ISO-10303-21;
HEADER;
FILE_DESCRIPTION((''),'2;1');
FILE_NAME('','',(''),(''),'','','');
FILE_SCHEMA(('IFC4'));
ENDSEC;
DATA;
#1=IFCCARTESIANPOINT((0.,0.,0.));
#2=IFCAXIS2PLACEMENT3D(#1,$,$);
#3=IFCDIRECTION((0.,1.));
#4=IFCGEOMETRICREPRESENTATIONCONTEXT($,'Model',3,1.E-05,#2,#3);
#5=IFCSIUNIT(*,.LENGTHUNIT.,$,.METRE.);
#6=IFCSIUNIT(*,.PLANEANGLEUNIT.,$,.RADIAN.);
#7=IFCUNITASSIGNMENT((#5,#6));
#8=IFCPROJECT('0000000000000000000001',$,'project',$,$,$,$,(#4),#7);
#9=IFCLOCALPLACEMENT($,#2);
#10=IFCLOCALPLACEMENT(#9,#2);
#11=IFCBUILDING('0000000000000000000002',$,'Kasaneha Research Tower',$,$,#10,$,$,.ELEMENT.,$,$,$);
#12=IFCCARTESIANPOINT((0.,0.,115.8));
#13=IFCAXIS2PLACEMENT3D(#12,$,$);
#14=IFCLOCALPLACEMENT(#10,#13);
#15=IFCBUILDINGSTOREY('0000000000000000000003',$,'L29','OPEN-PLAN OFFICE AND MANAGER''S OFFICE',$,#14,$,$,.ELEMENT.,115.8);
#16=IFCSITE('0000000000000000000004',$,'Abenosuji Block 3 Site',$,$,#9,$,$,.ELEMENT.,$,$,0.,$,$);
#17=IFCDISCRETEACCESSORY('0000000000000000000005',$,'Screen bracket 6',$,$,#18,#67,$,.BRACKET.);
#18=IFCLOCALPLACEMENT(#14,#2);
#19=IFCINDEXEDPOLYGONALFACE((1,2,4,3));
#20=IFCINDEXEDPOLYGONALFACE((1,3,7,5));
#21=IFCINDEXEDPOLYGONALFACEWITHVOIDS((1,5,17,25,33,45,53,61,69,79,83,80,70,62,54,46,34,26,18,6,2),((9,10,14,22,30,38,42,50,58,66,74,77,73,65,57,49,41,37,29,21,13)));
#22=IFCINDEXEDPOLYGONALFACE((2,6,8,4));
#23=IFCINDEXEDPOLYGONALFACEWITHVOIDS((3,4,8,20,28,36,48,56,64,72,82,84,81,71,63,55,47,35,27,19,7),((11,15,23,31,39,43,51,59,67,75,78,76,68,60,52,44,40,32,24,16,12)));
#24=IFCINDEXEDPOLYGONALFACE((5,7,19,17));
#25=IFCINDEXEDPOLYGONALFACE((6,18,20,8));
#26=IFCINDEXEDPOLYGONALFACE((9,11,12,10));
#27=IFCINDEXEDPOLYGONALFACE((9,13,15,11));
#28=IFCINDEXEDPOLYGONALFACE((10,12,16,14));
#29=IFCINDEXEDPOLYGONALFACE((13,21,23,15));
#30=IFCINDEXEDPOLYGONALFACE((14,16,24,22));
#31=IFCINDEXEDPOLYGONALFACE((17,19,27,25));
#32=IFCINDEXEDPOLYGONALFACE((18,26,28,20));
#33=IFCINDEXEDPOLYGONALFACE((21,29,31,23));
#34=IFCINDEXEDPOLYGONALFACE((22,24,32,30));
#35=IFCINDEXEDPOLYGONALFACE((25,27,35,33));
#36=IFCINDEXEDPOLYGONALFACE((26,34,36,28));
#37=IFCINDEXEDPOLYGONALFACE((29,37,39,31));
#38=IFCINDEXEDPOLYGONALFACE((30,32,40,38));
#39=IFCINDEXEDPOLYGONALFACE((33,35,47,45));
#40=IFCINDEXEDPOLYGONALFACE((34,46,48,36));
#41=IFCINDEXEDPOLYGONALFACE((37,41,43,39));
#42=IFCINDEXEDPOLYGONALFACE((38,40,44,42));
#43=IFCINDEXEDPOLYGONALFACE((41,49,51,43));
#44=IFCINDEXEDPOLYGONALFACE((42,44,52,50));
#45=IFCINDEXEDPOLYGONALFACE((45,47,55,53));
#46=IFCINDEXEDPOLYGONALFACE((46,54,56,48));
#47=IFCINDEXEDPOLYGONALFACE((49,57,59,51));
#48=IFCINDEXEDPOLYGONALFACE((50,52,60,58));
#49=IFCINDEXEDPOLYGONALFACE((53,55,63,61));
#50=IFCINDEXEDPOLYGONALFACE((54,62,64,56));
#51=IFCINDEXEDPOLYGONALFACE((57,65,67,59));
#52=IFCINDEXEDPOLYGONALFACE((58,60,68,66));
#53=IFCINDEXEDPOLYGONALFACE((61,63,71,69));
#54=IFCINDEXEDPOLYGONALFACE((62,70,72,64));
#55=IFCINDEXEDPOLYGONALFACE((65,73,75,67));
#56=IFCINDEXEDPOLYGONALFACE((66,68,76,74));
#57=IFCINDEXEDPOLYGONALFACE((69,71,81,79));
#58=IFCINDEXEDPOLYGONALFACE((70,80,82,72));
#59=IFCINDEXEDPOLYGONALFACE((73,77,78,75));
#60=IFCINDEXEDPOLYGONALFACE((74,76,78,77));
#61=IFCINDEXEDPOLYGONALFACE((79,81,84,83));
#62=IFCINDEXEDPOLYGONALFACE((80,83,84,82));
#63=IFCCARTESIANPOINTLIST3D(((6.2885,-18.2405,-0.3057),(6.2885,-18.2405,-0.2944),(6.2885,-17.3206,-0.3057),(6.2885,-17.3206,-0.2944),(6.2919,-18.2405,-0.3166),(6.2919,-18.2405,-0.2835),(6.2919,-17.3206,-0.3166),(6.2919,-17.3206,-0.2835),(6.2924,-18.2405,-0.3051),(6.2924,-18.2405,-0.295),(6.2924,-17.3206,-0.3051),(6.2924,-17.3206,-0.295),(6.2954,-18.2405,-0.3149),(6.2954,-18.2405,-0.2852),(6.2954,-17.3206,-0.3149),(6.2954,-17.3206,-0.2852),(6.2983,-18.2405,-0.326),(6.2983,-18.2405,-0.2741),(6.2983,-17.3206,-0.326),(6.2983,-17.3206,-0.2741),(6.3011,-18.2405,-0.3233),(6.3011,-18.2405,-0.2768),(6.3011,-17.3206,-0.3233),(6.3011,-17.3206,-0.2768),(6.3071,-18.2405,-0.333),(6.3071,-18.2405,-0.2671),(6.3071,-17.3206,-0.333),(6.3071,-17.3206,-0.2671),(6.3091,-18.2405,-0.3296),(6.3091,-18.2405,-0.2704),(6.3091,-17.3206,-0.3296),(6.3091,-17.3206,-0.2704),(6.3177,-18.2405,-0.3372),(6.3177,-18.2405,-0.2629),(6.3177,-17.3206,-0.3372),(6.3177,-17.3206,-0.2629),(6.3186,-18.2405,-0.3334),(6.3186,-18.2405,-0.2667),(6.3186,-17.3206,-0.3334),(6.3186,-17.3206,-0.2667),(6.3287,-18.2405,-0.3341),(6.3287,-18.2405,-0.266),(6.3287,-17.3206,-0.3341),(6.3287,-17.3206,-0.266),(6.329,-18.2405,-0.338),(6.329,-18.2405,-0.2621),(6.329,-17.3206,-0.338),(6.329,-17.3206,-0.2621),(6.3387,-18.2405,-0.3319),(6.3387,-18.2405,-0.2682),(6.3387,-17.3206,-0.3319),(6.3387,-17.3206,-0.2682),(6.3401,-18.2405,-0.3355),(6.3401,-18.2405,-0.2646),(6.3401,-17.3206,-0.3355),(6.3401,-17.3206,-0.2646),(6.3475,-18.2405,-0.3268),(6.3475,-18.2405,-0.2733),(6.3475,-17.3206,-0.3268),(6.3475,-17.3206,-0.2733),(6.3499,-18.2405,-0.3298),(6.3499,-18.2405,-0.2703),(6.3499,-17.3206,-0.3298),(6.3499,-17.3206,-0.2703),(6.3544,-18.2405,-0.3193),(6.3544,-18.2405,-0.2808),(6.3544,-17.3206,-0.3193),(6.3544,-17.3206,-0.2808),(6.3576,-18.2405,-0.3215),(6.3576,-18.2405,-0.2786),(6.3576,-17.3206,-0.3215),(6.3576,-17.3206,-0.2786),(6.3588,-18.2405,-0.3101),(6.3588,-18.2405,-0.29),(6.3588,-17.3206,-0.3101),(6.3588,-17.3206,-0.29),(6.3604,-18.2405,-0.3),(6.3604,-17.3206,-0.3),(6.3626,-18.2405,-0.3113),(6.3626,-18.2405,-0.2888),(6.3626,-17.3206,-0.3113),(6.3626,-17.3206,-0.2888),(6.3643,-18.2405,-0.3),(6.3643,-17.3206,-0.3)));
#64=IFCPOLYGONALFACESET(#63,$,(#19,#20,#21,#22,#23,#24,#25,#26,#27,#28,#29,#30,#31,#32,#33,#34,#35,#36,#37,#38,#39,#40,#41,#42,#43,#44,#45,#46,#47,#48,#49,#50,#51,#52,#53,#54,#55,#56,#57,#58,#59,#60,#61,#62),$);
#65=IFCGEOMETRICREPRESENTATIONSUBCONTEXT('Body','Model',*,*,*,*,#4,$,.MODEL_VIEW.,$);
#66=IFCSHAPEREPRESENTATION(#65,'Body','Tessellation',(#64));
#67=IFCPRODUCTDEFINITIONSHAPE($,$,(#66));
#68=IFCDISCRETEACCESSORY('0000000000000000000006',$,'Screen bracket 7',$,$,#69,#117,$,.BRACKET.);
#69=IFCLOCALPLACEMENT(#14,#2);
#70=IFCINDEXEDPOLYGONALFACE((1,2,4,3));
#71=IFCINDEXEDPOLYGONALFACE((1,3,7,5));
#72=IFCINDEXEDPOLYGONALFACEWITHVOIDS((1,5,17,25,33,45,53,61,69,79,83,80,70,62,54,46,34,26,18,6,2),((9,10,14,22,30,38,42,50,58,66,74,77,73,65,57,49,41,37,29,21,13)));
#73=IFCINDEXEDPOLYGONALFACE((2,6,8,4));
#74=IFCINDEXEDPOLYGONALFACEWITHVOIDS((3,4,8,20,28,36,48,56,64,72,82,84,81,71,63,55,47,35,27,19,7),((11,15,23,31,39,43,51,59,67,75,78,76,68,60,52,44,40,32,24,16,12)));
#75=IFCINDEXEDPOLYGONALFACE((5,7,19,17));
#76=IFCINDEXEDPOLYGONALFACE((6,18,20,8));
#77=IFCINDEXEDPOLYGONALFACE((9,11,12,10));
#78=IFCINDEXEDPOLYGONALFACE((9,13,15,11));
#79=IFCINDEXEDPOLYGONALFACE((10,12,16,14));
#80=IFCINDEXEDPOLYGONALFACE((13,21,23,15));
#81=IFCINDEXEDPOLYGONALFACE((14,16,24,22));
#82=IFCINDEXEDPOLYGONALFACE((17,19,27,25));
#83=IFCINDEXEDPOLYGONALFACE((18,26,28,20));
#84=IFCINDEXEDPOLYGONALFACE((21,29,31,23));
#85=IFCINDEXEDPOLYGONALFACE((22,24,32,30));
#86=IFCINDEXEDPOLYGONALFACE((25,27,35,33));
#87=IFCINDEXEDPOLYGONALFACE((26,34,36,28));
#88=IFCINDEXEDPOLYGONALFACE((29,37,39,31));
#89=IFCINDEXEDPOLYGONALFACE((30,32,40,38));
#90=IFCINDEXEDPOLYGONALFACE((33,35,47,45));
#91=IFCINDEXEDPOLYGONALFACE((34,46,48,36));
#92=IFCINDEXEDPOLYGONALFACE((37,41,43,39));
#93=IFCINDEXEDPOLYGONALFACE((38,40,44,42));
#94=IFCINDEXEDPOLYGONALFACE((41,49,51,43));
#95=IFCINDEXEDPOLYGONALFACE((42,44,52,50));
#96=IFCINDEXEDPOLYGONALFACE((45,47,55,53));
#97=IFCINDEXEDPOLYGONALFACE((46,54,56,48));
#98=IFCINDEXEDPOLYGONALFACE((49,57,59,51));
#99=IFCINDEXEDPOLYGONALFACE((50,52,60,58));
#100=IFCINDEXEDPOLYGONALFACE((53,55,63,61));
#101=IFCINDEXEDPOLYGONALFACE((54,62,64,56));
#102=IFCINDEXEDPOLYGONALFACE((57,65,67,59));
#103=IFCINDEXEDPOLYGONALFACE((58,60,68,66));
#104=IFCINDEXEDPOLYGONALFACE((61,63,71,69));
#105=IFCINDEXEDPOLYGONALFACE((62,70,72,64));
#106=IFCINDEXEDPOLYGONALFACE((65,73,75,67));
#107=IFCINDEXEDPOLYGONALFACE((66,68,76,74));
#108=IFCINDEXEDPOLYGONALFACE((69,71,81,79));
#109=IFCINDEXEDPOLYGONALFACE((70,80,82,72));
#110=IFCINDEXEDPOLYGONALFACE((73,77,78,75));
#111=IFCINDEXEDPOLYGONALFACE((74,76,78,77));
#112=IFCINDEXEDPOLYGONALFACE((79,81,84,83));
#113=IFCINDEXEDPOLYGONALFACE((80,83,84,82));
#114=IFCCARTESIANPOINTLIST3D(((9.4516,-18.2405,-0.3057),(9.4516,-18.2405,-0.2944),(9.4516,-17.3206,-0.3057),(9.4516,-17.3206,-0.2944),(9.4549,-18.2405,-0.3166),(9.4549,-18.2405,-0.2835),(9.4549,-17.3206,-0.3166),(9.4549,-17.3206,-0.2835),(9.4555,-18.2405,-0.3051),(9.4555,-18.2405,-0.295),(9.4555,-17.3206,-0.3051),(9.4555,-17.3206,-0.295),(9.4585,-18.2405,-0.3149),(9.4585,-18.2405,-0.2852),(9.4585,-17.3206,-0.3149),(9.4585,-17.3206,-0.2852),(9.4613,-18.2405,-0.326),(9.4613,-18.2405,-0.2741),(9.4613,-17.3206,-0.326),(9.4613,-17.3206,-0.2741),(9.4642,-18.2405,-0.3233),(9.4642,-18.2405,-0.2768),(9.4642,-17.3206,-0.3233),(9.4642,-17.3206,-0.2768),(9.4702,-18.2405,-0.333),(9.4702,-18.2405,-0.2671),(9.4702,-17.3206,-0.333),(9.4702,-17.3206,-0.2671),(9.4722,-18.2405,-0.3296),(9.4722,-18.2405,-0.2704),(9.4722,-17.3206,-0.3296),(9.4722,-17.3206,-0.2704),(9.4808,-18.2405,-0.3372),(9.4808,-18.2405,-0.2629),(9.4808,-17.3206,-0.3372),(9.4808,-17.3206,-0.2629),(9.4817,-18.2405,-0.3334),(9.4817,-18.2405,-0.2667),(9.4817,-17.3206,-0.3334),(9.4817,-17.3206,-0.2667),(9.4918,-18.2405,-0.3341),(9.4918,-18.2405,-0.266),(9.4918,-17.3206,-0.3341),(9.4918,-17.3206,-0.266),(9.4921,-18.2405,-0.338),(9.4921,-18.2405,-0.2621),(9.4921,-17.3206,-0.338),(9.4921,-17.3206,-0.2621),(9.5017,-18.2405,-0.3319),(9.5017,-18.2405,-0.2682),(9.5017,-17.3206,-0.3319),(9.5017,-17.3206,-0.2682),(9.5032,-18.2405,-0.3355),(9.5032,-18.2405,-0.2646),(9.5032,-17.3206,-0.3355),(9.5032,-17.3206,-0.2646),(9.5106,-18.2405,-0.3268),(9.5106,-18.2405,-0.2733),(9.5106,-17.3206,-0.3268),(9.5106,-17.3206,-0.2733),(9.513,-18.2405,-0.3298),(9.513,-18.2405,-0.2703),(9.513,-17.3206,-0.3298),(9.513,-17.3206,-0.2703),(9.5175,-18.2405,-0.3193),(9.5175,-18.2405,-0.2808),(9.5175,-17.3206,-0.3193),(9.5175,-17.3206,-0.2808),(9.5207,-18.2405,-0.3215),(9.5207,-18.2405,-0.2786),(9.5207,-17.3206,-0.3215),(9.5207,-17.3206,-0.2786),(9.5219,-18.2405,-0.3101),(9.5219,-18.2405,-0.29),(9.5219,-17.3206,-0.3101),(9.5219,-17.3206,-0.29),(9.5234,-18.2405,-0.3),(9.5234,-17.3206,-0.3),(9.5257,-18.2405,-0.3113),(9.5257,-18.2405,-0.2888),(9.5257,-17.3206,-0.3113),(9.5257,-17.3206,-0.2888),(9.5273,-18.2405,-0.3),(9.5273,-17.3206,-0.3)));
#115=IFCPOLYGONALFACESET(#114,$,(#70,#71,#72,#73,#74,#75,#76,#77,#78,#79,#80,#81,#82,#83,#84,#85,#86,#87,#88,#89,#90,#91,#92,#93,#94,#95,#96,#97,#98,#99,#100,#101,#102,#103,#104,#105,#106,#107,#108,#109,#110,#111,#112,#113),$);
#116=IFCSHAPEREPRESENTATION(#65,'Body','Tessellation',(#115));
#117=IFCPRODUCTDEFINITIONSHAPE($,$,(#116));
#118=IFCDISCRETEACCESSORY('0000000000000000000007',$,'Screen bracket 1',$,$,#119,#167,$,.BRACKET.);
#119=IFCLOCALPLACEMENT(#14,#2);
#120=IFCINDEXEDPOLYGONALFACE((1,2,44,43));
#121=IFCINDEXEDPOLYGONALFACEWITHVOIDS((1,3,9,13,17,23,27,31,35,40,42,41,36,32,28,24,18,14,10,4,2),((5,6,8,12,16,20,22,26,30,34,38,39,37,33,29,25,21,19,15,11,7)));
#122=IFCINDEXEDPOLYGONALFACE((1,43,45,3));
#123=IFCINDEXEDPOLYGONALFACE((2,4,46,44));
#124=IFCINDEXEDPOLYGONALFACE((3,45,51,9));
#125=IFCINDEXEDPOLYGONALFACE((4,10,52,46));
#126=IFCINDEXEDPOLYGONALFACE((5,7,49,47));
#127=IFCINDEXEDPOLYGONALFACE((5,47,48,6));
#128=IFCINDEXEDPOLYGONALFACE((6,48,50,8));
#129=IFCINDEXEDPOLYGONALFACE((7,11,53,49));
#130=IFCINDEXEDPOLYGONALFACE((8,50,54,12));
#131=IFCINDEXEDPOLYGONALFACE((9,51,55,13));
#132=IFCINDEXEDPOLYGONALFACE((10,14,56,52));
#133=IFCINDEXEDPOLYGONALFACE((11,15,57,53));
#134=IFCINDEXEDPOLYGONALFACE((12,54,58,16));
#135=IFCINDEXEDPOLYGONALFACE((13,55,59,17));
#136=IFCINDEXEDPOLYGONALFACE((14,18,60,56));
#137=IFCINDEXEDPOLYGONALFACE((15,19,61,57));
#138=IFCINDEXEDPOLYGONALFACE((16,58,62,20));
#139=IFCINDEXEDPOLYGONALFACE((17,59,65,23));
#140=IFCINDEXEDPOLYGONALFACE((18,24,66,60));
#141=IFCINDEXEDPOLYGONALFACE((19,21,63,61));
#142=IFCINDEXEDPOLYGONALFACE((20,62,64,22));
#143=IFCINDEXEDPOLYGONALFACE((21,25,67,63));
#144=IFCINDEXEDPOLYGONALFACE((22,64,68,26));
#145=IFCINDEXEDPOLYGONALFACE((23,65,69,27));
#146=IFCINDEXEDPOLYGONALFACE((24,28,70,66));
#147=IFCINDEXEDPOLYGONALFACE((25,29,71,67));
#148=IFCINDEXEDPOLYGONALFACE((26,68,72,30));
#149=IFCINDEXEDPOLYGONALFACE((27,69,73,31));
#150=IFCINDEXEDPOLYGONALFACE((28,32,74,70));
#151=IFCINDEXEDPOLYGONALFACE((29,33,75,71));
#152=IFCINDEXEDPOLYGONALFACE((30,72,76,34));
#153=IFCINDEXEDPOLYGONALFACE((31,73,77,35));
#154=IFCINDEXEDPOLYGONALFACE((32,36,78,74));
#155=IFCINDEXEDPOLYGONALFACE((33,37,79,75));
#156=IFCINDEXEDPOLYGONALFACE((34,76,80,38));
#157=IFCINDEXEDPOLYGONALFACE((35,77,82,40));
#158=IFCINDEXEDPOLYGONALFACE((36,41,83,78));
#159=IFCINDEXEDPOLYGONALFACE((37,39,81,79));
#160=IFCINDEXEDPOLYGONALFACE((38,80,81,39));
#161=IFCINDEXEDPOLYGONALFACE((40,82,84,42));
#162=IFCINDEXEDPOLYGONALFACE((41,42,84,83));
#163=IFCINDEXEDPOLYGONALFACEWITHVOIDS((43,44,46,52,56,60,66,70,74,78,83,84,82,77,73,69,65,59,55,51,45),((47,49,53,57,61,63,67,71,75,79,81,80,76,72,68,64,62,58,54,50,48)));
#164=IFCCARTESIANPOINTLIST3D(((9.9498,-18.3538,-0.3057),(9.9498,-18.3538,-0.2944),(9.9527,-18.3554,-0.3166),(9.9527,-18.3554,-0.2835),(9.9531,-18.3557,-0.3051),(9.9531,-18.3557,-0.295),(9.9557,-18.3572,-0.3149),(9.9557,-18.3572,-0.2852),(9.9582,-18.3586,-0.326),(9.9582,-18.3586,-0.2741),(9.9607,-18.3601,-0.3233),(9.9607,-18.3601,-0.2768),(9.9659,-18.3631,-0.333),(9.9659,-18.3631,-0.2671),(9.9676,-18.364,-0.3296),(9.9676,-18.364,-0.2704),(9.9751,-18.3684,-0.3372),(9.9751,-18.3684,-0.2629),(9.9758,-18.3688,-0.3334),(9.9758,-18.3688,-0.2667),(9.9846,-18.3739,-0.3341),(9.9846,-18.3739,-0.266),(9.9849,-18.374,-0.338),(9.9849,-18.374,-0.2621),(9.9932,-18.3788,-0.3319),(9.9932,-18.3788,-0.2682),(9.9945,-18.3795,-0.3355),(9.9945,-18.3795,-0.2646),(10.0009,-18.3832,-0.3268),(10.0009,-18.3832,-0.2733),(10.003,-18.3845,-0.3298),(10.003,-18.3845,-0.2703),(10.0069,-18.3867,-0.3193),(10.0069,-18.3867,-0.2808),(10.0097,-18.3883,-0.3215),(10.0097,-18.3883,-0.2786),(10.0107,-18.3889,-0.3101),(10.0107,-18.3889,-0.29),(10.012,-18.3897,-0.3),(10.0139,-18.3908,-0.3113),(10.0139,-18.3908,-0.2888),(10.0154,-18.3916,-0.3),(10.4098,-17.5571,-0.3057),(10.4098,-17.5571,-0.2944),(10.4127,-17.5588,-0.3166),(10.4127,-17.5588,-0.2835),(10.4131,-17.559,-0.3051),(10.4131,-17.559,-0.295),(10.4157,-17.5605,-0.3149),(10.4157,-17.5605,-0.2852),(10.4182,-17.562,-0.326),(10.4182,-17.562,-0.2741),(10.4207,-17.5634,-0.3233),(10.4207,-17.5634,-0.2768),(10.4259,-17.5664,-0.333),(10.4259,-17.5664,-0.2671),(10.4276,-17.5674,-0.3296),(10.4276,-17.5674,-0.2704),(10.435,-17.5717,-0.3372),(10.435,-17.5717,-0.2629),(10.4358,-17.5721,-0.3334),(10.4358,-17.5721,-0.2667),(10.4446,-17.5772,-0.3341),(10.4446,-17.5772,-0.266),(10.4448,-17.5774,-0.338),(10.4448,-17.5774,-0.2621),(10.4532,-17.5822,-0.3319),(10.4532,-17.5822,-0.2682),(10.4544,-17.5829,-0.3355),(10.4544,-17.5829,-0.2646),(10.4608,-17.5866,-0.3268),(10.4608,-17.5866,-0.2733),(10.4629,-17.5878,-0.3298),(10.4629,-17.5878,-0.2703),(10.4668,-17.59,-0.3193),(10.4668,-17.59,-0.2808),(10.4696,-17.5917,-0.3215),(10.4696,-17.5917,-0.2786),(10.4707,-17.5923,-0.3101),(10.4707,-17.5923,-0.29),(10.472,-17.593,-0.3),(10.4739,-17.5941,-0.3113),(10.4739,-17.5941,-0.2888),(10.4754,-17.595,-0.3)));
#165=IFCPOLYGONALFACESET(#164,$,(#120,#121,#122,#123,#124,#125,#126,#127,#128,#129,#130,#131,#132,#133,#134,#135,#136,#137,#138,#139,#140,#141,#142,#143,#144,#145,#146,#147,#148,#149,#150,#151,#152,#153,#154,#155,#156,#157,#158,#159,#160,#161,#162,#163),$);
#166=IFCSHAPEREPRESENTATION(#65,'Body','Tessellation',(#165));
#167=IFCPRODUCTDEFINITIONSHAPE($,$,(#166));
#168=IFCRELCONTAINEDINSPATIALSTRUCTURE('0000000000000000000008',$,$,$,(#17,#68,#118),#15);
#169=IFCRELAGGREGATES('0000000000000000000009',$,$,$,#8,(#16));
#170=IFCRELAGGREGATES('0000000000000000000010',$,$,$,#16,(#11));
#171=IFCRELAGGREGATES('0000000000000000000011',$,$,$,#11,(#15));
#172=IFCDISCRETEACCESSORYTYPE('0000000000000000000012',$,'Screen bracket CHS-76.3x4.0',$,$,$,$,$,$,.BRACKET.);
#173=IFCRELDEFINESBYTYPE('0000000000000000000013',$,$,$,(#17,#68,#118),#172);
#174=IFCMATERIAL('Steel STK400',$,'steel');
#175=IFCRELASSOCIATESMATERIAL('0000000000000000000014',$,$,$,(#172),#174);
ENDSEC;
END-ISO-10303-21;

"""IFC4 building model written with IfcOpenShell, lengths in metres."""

from ifc_helpers import new_model, si_unit, direction, frame, origin, origin_2d, place, context, subcontext, project, spatial, hollow_circle, extrude, material, material_profile, profile_set, type_object, element, save


model = new_model("IFC4")

# Units and contexts
model_context = context("Model", 3, precision=1e-05, world=origin(), true_north=direction((0.0, 1.0)))
body_context = subcontext(model_context, "Body", "Model", "MODEL_VIEW")
ifc_project = project(units=[si_unit("LENGTHUNIT", "METRE"), si_unit("PLANEANGLEUNIT", "RADIAN")], contexts=[model_context])

# Site, building, storey
site_placement = place(None, origin())
site = spatial("IfcSite", under=ifc_project, at=site_placement, Name="Abenosuji Block 3 Site", CompositionType="ELEMENT", RefElevation=0.0)
building_placement = place(site_placement, origin())
building = spatial("IfcBuilding", under=site, at=building_placement, Name="Kasaneha Research Tower", CompositionType="ELEMENT")
storey_placement = place(building_placement, frame((0.0, 0.0, 115.8)))
storey = spatial("IfcBuildingStorey", under=building, at=storey_placement, Name="L29", Description="OPEN-PLAN OFFICE AND MANAGER'S OFFICE", CompositionType="ELEMENT", Elevation=115.8)

# Discrete accessories
ifc_material_1 = material(Name="Steel STK400", Category="steel")
ifc_material_profile_1 = material_profile(ifc_material_1, hollow_circle(Radius=0.0381, WallThickness=0.0039, at=origin_2d()), Name="CHS-76.3x4.0")
ifc_profile_set_1 = profile_set([ifc_material_profile_1], Name="Steel STK400")
discrete_accessory_type = type_object("IfcDiscreteAccessoryType", Name="Screen bracket CHS-76.3x4.0", PredefinedType="BRACKET", material=ifc_profile_set_1)
for number, where, z_axis, x_axis, name in (
    (1, (6.3262, -17.3206, -0.3), (0.0, -1.0, 0.0), (1.0, 0.0, 0.0), "Screen bracket 6"),
    (2, (9.4893, -17.3206, -0.3), (0.0, -1.0, 0.0), (1.0, 0.0, 0.0), "Screen bracket 7"),
    (3, (10.4424, -17.5759, -0.3), (-0.500021, -0.866013, 0.0), (0.866013, -0.500021, 0.0), "Screen bracket 1"),
):
    element("IfcDiscreteAccessory", number, at=place(storey_placement, frame(where, z_axis=z_axis, x_axis=x_axis)), inside=storey, type_object=discrete_accessory_type, Name=name, PredefinedType="BRACKET", context=body_context, shape_type="SweptSolid", body=[
        extrude(hollow_circle(Radius=0.0381, WallThickness=0.0039, at=origin_2d()), origin(), (0.0, 0.0, 1.0), 0.9199),
    ])

save(model, "model.ifc")
